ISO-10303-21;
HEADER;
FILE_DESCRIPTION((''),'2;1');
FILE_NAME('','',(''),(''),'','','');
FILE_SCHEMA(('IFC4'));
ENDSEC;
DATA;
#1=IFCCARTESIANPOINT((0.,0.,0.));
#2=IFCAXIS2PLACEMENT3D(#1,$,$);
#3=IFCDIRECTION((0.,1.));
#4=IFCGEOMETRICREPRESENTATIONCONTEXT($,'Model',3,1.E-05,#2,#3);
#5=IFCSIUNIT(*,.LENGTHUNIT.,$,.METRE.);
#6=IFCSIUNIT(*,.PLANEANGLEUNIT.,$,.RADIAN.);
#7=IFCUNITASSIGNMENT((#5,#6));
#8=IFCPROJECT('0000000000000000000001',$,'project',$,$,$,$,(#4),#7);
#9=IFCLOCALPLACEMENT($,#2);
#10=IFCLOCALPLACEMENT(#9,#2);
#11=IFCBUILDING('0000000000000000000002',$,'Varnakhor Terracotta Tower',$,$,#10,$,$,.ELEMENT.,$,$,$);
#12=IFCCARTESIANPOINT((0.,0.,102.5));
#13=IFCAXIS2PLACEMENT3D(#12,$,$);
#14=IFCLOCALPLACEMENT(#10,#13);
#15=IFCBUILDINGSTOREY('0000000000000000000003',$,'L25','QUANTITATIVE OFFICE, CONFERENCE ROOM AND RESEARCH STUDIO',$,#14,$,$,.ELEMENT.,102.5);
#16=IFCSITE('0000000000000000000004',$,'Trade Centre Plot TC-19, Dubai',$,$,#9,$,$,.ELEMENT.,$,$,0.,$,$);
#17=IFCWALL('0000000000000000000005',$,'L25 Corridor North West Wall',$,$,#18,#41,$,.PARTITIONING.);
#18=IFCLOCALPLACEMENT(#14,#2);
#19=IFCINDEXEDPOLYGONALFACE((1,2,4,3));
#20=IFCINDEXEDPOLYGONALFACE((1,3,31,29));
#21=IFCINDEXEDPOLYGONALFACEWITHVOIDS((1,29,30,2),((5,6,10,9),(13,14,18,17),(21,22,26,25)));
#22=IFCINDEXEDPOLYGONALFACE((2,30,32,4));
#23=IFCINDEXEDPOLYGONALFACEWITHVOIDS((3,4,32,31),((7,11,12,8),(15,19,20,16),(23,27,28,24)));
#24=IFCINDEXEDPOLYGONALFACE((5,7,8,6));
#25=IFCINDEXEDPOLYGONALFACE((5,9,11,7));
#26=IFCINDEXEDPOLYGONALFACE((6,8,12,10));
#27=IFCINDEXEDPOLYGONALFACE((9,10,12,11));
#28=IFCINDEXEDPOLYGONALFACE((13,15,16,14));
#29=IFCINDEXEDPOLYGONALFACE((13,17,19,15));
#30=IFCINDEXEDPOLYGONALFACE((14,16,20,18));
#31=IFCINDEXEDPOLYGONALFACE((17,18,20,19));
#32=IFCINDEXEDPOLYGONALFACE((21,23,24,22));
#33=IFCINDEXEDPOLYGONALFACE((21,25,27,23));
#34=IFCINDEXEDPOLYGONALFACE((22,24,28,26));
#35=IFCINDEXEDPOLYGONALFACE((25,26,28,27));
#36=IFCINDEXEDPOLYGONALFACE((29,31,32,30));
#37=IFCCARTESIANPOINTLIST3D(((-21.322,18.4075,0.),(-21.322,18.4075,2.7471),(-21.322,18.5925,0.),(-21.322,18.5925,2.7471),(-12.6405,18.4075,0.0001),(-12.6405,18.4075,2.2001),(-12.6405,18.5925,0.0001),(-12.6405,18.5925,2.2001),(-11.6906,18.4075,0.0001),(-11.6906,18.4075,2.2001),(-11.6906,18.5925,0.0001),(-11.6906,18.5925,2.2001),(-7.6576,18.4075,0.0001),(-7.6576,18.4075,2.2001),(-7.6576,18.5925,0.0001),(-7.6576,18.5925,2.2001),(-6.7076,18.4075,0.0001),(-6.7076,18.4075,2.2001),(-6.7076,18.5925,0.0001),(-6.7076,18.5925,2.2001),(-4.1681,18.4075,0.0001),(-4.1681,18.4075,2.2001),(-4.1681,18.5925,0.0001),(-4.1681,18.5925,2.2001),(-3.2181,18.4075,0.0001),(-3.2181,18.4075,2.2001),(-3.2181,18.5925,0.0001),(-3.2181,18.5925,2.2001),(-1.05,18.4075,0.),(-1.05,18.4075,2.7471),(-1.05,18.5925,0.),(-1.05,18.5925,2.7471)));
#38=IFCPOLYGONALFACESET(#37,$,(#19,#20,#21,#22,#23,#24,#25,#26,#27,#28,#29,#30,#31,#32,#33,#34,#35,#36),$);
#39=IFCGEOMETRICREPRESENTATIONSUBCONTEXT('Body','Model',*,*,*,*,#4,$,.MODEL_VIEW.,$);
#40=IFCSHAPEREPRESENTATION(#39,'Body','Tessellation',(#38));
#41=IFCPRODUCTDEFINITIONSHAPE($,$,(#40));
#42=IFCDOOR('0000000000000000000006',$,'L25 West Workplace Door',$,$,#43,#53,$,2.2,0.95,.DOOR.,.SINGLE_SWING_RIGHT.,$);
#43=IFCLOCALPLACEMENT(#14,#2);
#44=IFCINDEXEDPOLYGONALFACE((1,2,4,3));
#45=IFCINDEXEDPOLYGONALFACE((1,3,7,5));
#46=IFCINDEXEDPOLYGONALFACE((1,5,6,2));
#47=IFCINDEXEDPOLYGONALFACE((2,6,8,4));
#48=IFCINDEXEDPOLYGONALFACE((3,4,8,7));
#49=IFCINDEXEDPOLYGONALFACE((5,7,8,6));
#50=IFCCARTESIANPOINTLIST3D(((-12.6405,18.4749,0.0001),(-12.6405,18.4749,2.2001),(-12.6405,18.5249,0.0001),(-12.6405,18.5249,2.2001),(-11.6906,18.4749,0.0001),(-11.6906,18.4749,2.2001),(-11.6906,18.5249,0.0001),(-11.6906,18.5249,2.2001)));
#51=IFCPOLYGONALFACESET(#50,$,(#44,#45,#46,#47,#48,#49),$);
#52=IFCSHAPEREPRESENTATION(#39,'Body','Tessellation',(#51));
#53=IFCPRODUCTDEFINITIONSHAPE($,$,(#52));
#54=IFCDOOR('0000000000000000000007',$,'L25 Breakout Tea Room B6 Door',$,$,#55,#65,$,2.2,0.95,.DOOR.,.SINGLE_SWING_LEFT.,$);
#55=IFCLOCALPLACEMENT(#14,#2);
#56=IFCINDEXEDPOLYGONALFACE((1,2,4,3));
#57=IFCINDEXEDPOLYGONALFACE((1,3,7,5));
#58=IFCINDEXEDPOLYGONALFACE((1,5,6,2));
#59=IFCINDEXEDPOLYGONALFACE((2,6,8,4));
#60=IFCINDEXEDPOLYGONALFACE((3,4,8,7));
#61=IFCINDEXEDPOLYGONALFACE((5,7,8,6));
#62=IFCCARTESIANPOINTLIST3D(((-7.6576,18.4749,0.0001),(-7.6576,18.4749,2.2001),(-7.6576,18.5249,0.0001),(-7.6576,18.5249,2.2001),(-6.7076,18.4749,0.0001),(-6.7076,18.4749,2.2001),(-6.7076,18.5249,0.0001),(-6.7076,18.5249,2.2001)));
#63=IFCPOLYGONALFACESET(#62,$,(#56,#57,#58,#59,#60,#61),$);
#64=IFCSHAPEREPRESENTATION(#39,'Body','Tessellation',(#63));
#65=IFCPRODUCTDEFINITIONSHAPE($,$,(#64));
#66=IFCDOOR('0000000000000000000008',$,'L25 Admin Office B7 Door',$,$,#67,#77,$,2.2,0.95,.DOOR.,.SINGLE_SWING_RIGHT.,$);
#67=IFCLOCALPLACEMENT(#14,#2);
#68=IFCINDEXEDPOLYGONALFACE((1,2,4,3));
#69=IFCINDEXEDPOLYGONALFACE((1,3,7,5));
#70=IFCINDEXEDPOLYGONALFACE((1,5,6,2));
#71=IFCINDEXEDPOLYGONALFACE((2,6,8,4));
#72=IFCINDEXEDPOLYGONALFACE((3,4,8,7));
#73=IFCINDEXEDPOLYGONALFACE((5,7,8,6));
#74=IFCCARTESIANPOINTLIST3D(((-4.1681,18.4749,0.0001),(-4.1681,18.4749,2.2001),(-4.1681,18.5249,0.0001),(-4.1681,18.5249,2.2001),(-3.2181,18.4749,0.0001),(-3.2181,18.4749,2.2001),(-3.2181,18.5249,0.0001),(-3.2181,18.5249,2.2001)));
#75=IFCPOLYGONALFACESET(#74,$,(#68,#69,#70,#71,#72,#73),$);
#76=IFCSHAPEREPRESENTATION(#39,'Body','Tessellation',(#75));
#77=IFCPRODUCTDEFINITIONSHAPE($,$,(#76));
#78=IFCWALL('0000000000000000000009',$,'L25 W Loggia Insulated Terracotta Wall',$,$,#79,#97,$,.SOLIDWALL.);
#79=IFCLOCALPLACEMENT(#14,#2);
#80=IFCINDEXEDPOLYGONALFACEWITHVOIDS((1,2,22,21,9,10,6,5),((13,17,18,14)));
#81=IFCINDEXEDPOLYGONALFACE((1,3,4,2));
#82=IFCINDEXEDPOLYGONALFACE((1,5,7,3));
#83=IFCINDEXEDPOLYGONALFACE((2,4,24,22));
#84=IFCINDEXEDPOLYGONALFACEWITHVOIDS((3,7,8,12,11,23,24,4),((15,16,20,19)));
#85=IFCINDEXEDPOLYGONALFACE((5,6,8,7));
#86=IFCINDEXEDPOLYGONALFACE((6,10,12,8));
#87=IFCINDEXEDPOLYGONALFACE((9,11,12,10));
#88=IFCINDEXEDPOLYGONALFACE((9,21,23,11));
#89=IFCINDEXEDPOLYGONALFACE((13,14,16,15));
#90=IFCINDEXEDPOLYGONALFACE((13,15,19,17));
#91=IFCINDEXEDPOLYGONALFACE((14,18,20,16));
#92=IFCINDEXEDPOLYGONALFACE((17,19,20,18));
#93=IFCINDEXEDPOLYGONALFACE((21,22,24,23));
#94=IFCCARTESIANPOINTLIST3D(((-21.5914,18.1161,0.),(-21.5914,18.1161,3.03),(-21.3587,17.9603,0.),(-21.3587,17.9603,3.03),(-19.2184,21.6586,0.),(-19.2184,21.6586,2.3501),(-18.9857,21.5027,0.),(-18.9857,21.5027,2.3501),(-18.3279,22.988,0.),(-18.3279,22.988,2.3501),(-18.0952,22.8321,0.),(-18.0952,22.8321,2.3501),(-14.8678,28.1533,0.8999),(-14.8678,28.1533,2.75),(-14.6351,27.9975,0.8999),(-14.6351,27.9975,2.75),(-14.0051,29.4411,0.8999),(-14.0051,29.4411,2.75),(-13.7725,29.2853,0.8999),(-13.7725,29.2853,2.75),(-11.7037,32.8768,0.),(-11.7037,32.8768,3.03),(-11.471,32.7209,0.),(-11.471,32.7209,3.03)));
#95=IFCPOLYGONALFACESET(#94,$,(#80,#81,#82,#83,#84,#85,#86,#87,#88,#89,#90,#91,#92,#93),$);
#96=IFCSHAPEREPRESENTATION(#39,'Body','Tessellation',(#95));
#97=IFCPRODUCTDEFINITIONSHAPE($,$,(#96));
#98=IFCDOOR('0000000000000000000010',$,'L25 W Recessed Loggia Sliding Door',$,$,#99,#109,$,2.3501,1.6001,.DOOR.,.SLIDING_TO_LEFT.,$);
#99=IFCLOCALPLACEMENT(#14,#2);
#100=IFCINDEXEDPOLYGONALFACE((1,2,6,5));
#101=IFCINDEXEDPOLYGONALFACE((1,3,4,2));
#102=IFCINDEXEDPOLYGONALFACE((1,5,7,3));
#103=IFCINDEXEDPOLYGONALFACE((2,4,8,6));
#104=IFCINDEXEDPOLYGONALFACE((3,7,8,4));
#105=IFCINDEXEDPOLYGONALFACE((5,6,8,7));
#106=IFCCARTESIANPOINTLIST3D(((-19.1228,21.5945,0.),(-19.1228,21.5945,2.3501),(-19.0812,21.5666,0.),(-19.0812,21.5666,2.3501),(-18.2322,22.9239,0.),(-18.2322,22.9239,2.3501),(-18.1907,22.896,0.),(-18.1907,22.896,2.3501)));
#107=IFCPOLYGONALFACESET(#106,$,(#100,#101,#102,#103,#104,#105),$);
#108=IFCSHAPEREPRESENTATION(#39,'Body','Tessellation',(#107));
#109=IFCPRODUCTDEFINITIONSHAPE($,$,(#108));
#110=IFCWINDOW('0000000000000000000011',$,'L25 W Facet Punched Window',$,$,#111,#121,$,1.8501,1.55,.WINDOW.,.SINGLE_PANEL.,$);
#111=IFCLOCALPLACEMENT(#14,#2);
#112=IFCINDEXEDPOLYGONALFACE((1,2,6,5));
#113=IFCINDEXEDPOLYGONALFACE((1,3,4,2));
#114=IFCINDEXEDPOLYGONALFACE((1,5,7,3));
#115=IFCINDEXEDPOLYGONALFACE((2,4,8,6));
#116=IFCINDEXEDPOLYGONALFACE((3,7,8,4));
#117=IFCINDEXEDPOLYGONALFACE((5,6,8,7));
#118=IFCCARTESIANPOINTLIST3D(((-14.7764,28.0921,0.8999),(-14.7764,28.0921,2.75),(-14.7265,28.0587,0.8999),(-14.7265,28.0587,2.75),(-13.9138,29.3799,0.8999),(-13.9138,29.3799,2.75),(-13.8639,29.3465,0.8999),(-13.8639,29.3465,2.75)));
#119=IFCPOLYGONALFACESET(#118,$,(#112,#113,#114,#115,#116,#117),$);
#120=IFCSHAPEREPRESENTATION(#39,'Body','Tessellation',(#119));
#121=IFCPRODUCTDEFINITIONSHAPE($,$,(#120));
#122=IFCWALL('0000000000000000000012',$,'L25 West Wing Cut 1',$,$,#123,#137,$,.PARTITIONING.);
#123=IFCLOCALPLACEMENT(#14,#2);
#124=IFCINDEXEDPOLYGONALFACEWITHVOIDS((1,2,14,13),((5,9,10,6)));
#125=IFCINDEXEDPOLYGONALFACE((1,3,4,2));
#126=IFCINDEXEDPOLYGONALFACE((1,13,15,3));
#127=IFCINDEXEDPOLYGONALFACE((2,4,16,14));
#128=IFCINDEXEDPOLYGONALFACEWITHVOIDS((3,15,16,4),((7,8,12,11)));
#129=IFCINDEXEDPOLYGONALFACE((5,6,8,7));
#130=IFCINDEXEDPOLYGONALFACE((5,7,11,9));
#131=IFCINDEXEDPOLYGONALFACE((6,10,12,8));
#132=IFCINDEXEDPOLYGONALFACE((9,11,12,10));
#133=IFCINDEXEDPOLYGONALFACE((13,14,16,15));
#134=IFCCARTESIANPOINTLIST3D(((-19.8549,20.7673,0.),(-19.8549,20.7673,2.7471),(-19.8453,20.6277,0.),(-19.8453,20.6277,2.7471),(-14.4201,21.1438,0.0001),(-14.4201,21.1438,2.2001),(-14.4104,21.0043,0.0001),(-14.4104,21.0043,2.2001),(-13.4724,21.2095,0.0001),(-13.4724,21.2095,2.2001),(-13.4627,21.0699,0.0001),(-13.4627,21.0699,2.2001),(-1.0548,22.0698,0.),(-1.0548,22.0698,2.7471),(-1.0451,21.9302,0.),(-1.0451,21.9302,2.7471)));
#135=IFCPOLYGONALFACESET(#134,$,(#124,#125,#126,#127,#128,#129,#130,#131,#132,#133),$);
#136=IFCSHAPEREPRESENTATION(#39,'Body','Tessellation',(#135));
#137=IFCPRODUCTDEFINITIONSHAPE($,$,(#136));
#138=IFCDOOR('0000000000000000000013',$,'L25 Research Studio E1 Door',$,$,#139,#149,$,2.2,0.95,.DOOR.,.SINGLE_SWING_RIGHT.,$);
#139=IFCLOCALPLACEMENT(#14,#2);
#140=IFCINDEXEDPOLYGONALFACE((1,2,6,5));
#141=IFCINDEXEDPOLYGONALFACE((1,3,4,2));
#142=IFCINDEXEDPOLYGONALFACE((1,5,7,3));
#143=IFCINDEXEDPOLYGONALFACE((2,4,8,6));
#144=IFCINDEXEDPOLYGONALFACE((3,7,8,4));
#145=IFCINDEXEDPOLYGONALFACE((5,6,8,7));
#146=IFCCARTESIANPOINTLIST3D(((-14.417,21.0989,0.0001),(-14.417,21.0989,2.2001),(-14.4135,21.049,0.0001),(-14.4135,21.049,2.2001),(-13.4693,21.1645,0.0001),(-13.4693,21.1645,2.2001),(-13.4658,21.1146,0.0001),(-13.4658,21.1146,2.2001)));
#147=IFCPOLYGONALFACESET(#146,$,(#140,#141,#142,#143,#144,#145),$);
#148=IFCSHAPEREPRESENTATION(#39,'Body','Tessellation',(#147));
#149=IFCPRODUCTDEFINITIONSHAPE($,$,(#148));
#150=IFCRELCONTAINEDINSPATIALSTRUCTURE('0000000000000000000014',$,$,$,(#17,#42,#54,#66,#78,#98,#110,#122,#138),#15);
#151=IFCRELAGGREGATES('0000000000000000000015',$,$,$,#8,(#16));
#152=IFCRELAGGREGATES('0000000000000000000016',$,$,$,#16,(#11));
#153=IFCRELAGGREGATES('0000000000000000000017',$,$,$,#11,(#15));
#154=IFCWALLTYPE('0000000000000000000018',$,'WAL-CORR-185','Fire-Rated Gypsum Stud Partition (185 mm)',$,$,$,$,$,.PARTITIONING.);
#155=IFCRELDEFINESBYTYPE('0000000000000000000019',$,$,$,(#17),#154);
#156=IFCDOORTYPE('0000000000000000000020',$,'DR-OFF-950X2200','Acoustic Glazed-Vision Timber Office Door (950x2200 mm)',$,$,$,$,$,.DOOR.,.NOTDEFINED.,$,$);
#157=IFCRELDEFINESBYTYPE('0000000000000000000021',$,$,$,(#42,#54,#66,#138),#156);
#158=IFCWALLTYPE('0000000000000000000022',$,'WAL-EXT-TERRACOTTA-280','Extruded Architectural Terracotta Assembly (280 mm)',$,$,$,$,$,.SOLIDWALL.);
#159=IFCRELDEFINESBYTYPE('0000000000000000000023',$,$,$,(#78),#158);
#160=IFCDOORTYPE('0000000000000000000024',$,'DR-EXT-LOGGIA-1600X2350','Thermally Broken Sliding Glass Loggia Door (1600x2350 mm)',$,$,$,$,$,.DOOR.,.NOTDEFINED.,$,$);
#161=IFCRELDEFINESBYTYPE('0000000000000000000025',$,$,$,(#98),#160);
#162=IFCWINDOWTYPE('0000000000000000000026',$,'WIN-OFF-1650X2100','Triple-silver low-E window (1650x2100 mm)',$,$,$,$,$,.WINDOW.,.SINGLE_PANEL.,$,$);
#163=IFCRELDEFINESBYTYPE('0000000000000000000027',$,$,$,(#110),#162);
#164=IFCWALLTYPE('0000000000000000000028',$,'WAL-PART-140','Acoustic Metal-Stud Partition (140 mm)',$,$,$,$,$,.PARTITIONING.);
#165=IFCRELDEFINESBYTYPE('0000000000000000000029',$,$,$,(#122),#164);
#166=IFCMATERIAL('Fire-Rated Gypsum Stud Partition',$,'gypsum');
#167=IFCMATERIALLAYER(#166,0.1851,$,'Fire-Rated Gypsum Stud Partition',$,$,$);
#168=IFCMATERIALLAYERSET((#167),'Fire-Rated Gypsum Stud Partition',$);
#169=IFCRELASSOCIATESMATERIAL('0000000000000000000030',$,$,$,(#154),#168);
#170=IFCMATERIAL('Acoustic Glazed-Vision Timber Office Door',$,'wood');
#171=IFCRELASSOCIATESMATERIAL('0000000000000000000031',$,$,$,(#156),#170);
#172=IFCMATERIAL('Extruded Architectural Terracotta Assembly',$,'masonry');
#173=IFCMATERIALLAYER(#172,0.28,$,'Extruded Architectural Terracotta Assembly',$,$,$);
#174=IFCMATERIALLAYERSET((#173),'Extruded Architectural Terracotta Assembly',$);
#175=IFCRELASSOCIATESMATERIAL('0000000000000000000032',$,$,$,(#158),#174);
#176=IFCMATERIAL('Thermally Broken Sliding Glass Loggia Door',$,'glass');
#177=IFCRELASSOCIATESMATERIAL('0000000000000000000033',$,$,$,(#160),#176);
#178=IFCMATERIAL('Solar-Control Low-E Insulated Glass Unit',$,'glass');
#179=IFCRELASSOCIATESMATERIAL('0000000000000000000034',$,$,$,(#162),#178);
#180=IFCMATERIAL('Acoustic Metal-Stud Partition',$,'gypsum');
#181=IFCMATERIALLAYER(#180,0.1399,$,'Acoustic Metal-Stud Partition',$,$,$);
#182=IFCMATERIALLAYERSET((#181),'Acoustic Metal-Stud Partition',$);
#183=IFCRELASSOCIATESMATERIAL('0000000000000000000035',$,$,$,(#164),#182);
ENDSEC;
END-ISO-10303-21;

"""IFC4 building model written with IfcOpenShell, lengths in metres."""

from ifc_helpers import new_model, si_unit, direction, frame, frame_2d, origin, place, context, subcontext, project, spatial, rectangle, extrude, source, transform, mapped, material, layer, layer_set, type_object, type_shapes, element, fill, save


model = new_model("IFC4")

# Units and contexts
model_context = context("Model", 3, precision=1e-05, world=origin(), true_north=direction((0.0, 1.0)))
body_context = subcontext(model_context, "Body", "Model", "MODEL_VIEW")
ifc_project = project(units=[si_unit("LENGTHUNIT", "METRE"), si_unit("PLANEANGLEUNIT", "RADIAN")], contexts=[model_context])

# Site, building, storey
site_placement = place(None, origin())
site = spatial("IfcSite", under=ifc_project, at=site_placement, Name="Trade Centre Plot TC-19, Dubai", CompositionType="ELEMENT", RefElevation=0.0)
building_placement = place(site_placement, origin())
building = spatial("IfcBuilding", under=site, at=building_placement, Name="Varnakhor Terracotta Tower", CompositionType="ELEMENT")
storey_placement = place(building_placement, frame((0.0, 0.0, 102.5)))
storey = spatial("IfcBuildingStorey", under=building, at=storey_placement, Name="L25", Description="QUANTITATIVE OFFICE, CONFERENCE ROOM AND RESEARCH STUDIO", CompositionType="ELEMENT", Elevation=102.5)

# Shared definitions
ifc_material_1 = material(Name="Fire-Rated Gypsum Stud Partition", Category="gypsum")
ifc_layer_1 = layer(ifc_material_1, 0.1851, Name="Fire-Rated Gypsum Stud Partition")
ifc_layer_set_1 = layer_set([ifc_layer_1], Name="Fire-Rated Gypsum Stud Partition")
wall_type_1 = type_object("IfcWallType", Name="WAL-CORR-185", Description="Fire-Rated Gypsum Stud Partition (185 mm)", PredefinedType="PARTITIONING", material=ifc_layer_set_1)
ifc_material_2 = material(Name="Acoustic Glazed-Vision Timber Office Door", Category="wood")
door_type_1 = type_object("IfcDoorType", Name="DR-OFF-950X2200", Description="Acoustic Glazed-Vision Timber Office Door (950x2200 mm)", OperationType="NOTDEFINED", PredefinedType="DOOR", material=ifc_material_2)
shared_shape_1 = source(origin(), body_context, "Body", "SweptSolid", [
    extrude(rectangle(XDim=0.95, YDim=2.2, at=frame_2d((0.4751, 1.1001))), frame((0.0, 0.0249, 0.0), z_axis=(0.0, -1.0, 0.0), x_axis=(1.0, 0.0, 0.0)), (0.0, 0.0, 1.0), 0.05),
])
type_shapes(door_type_1, [shared_shape_1])

# Wall, openings, doors
wall_1_placement = place(storey_placement, frame((-21.322, 18.5, 0.0), z_axis=(0.0, 0.0, 1.0), x_axis=(1.0, 0.0, 0.0)))
wall_1 = element("IfcWall", 1, at=wall_1_placement, inside=storey, type_object=wall_type_1, Name="L25 Corridor North West Wall", PredefinedType="PARTITIONING", context=body_context, shape_type="SweptSolid", body=[
    extrude(rectangle(XDim=20.272, YDim=0.1851, at=frame_2d((10.136, 0.0))), origin(), (0.0, 0.0, 1.0), 2.7471),
])
opening_1_placement = place(wall_1_placement, frame((8.6814, 0.0, 0.0)))
opening_1 = element("IfcOpeningElement", 2, at=opening_1_placement, cuts=wall_1, PredefinedType="OPENING", context=body_context, shape_type="SweptSolid", body=[
    extrude(rectangle(XDim=0.95, YDim=2.2, at=frame_2d((0.4751, 1.1001))), frame((0.0, 0.1025, 0.0), z_axis=(0.0, -1.0, 0.0), x_axis=(1.0, 0.0, 0.0)), (0.0, 0.0, 1.0), 0.2051),
])
opening_2_placement = place(wall_1_placement, frame((13.6643, 0.0, 0.0)))
opening_2 = element("IfcOpeningElement", 3, at=opening_2_placement, cuts=wall_1, PredefinedType="OPENING", context=body_context, shape_type="SweptSolid", body=[
    extrude(rectangle(XDim=0.95, YDim=2.2, at=frame_2d((0.4751, 1.1001))), frame((0.0, 0.1025, 0.0), z_axis=(0.0, -1.0, 0.0), x_axis=(1.0, 0.0, 0.0)), (0.0, 0.0, 1.0), 0.2051),
])
opening_3_placement = place(wall_1_placement, frame((17.1538, 0.0, 0.0)))
opening_3 = element("IfcOpeningElement", 4, at=opening_3_placement, cuts=wall_1, PredefinedType="OPENING", context=body_context, shape_type="SweptSolid", body=[
    extrude(rectangle(XDim=0.95, YDim=2.2, at=frame_2d((0.4751, 1.1001))), frame((0.0, 0.1025, 0.0), z_axis=(0.0, -1.0, 0.0), x_axis=(1.0, 0.0, 0.0)), (0.0, 0.0, 1.0), 0.2051),
])
door_1_placement = place(opening_1_placement, origin())
door_1 = element("IfcDoor", 5, at=door_1_placement, inside=storey, type_object=door_type_1, Name="L25 West Workplace Door", OperationType="SINGLE_SWING_RIGHT", OverallHeight=2.2, OverallWidth=0.95, PredefinedType="DOOR", context=body_context, shape_type="MappedRepresentation", body=[
    mapped(shared_shape_1, transform((0.0, 0.0, 0.0), scale=1.0)),
])
fill(opening_1, door_1)
door_2_placement = place(opening_2_placement, origin())
door_2 = element("IfcDoor", 6, at=door_2_placement, inside=storey, type_object=door_type_1, Name="L25 Breakout Tea Room B6 Door", OperationType="SINGLE_SWING_LEFT", OverallHeight=2.2, OverallWidth=0.95, PredefinedType="DOOR", context=body_context, shape_type="MappedRepresentation", body=[
    mapped(shared_shape_1, transform((0.0, 0.0, 0.0), scale=1.0)),
])
fill(opening_2, door_2)
door_3_placement = place(opening_3_placement, origin())
door_3 = element("IfcDoor", 7, at=door_3_placement, inside=storey, type_object=door_type_1, Name="L25 Admin Office B7 Door", OperationType="SINGLE_SWING_RIGHT", OverallHeight=2.2, OverallWidth=0.95, PredefinedType="DOOR", context=body_context, shape_type="MappedRepresentation", body=[
    mapped(shared_shape_1, transform((0.0, 0.0, 0.0), scale=1.0)),
])
fill(opening_3, door_3)

# Wall, openings, door, window
ifc_material_3 = material(Name="Extruded Architectural Terracotta Assembly", Category="masonry")
ifc_layer_2 = layer(ifc_material_3, 0.28, Name="Extruded Architectural Terracotta Assembly")
ifc_layer_set_2 = layer_set([ifc_layer_2], Name="Extruded Architectural Terracotta Assembly")
wall_type_2 = type_object("IfcWallType", Name="WAL-EXT-TERRACOTTA-280", Description="Extruded Architectural Terracotta Assembly (280 mm)", PredefinedType="SOLIDWALL", material=ifc_layer_set_2)
wall_2_placement = place(storey_placement, frame((-21.4751, 18.0381, 0.0), z_axis=(0.0, 0.0, 1.0), x_axis=(0.556538, 0.830822, 0.0)))
wall_2 = element("IfcWall", 8, at=wall_2_placement, inside=storey, type_object=wall_type_2, Name="L25 W Loggia Insulated Terracotta Wall", PredefinedType="SOLIDWALL", context=body_context, shape_type="SweptSolid", body=[
    extrude(rectangle(XDim=17.7664, YDim=0.28, at=frame_2d((8.8833, 0.0))), origin(), (0.0, 0.0, 1.0), 3.03),
])
opening_4_placement = place(wall_2_placement, frame((4.2639, 0.0, 0.0)))
opening_4 = element("IfcOpeningElement", 9, at=opening_4_placement, cuts=wall_2, PredefinedType="OPENING", context=body_context, shape_type="SweptSolid", body=[
    extrude(rectangle(XDim=1.6001, YDim=2.3501, at=frame_2d((0.8, 1.175))), frame((0.0, 0.1499, 0.0), z_axis=(0.0, -1.0, 0.0), x_axis=(1.0, 0.0, 0.0)), (0.0, 0.0, 1.0), 0.3),
])
opening_5_placement = place(wall_2_placement, frame((12.0813, 0.0, 0.8999)))
opening_5 = element("IfcOpeningElement", 10, at=opening_5_placement, cuts=wall_2, PredefinedType="OPENING", context=body_context, shape_type="SweptSolid", body=[
    extrude(rectangle(XDim=1.55, YDim=1.8501, at=frame_2d((0.7749, 0.925))), frame((0.0, 0.1499, 0.0), z_axis=(0.0, -1.0, 0.0), x_axis=(1.0, 0.0, 0.0)), (0.0, 0.0, 1.0), 0.3),
])
ifc_material_4 = material(Name="Thermally Broken Sliding Glass Loggia Door", Category="glass")
door_type_2 = type_object("IfcDoorType", Name="DR-EXT-LOGGIA-1600X2350", Description="Thermally Broken Sliding Glass Loggia Door (1600x2350 mm)", OperationType="NOTDEFINED", PredefinedType="DOOR", material=ifc_material_4)
shared_shape_2 = source(origin(), body_context, "Body", "SweptSolid", [
    extrude(rectangle(XDim=1.6001, YDim=2.3501, at=frame_2d((0.8, 1.175))), frame((0.0, 0.0249, 0.0), z_axis=(0.0, -1.0, 0.0), x_axis=(1.0, 0.0, 0.0)), (0.0, 0.0, 1.0), 0.05),
])
type_shapes(door_type_2, [shared_shape_2])
door_4_placement = place(opening_4_placement, origin())
door_4 = element("IfcDoor", 11, at=door_4_placement, inside=storey, type_object=door_type_2, Name="L25 W Recessed Loggia Sliding Door", OperationType="SLIDING_TO_LEFT", OverallHeight=2.3501, OverallWidth=1.6001, PredefinedType="DOOR", context=body_context, shape_type="MappedRepresentation", body=[
    mapped(shared_shape_2, transform((0.0, 0.0, 0.0), scale=1.0)),
])
fill(opening_4, door_4)
ifc_material_5 = material(Name="Solar-Control Low-E Insulated Glass Unit", Category="glass")
window_type = type_object("IfcWindowType", Name="WIN-OFF-1650X2100", Description="Triple-silver low-E window (1650x2100 mm)", PartitioningType="SINGLE_PANEL", PredefinedType="WINDOW", material=ifc_material_5)
shared_shape_3 = source(origin(), body_context, "Body", "SweptSolid", [
    extrude(rectangle(XDim=1.55, YDim=1.8501, at=frame_2d((0.7749, 0.925))), frame((0.0, 0.03, 0.0), z_axis=(0.0, -1.0, 0.0), x_axis=(1.0, 0.0, 0.0)), (0.0, 0.0, 1.0), 0.0601),
])
type_shapes(window_type, [shared_shape_3])
window_placement = place(opening_5_placement, origin())
window = element("IfcWindow", 12, at=window_placement, inside=storey, type_object=window_type, Name="L25 W Facet Punched Window", OverallHeight=1.8501, OverallWidth=1.55, PartitioningType="SINGLE_PANEL", PredefinedType="WINDOW", context=body_context, shape_type="MappedRepresentation", body=[
    mapped(shared_shape_3, transform((0.0, 0.0, 0.0), scale=1.0)),
])
fill(opening_5, window)

# Wall, opening, door
ifc_material_6 = material(Name="Acoustic Metal-Stud Partition", Category="gypsum")
ifc_layer_3 = layer(ifc_material_6, 0.1399, Name="Acoustic Metal-Stud Partition")
ifc_layer_set_3 = layer_set([ifc_layer_3], Name="Acoustic Metal-Stud Partition")
wall_type_3 = type_object("IfcWallType", Name="WAL-PART-140", Description="Acoustic Metal-Stud Partition (140 mm)", PredefinedType="PARTITIONING", material=ifc_layer_set_3)
wall_3_placement = place(storey_placement, frame((-19.8501, 20.6975, 0.0), z_axis=(0.0, 0.0, 1.0), x_axis=(0.997609, 0.069116, 0.0)))
wall_3 = element("IfcWall", 13, at=wall_3_placement, inside=storey, type_object=wall_type_3, Name="L25 West Wing Cut 1", PredefinedType="PARTITIONING", context=body_context, shape_type="SweptSolid", body=[
    extrude(rectangle(XDim=18.8452, YDim=0.1399, at=frame_2d((9.4226, 0.0))), origin(), (0.0, 0.0, 1.0), 2.7471),
])
opening_6_placement = place(wall_3_placement, frame((5.4478, 0.0, 0.0)))
opening_6 = element("IfcOpeningElement", 14, at=opening_6_placement, cuts=wall_3, PredefinedType="OPENING", context=body_context, shape_type="SweptSolid", body=[
    extrude(rectangle(XDim=0.95, YDim=2.2, at=frame_2d((0.4751, 1.1001))), frame((0.0, 0.0801, 0.0), z_axis=(0.0, -1.0, 0.0), x_axis=(1.0, 0.0, 0.0)), (0.0, 0.0, 1.0), 0.1599),
])
door_5_placement = place(opening_6_placement, origin())
door_5 = element("IfcDoor", 15, at=door_5_placement, inside=storey, type_object=door_type_1, Name="L25 Research Studio E1 Door", OperationType="SINGLE_SWING_RIGHT", OverallHeight=2.2, OverallWidth=0.95, PredefinedType="DOOR", context=body_context, shape_type="MappedRepresentation", body=[
    mapped(shared_shape_1, transform((0.0, 0.0, 0.0), scale=1.0)),
])
fill(opening_6, door_5)

save(model, "model.ifc")
